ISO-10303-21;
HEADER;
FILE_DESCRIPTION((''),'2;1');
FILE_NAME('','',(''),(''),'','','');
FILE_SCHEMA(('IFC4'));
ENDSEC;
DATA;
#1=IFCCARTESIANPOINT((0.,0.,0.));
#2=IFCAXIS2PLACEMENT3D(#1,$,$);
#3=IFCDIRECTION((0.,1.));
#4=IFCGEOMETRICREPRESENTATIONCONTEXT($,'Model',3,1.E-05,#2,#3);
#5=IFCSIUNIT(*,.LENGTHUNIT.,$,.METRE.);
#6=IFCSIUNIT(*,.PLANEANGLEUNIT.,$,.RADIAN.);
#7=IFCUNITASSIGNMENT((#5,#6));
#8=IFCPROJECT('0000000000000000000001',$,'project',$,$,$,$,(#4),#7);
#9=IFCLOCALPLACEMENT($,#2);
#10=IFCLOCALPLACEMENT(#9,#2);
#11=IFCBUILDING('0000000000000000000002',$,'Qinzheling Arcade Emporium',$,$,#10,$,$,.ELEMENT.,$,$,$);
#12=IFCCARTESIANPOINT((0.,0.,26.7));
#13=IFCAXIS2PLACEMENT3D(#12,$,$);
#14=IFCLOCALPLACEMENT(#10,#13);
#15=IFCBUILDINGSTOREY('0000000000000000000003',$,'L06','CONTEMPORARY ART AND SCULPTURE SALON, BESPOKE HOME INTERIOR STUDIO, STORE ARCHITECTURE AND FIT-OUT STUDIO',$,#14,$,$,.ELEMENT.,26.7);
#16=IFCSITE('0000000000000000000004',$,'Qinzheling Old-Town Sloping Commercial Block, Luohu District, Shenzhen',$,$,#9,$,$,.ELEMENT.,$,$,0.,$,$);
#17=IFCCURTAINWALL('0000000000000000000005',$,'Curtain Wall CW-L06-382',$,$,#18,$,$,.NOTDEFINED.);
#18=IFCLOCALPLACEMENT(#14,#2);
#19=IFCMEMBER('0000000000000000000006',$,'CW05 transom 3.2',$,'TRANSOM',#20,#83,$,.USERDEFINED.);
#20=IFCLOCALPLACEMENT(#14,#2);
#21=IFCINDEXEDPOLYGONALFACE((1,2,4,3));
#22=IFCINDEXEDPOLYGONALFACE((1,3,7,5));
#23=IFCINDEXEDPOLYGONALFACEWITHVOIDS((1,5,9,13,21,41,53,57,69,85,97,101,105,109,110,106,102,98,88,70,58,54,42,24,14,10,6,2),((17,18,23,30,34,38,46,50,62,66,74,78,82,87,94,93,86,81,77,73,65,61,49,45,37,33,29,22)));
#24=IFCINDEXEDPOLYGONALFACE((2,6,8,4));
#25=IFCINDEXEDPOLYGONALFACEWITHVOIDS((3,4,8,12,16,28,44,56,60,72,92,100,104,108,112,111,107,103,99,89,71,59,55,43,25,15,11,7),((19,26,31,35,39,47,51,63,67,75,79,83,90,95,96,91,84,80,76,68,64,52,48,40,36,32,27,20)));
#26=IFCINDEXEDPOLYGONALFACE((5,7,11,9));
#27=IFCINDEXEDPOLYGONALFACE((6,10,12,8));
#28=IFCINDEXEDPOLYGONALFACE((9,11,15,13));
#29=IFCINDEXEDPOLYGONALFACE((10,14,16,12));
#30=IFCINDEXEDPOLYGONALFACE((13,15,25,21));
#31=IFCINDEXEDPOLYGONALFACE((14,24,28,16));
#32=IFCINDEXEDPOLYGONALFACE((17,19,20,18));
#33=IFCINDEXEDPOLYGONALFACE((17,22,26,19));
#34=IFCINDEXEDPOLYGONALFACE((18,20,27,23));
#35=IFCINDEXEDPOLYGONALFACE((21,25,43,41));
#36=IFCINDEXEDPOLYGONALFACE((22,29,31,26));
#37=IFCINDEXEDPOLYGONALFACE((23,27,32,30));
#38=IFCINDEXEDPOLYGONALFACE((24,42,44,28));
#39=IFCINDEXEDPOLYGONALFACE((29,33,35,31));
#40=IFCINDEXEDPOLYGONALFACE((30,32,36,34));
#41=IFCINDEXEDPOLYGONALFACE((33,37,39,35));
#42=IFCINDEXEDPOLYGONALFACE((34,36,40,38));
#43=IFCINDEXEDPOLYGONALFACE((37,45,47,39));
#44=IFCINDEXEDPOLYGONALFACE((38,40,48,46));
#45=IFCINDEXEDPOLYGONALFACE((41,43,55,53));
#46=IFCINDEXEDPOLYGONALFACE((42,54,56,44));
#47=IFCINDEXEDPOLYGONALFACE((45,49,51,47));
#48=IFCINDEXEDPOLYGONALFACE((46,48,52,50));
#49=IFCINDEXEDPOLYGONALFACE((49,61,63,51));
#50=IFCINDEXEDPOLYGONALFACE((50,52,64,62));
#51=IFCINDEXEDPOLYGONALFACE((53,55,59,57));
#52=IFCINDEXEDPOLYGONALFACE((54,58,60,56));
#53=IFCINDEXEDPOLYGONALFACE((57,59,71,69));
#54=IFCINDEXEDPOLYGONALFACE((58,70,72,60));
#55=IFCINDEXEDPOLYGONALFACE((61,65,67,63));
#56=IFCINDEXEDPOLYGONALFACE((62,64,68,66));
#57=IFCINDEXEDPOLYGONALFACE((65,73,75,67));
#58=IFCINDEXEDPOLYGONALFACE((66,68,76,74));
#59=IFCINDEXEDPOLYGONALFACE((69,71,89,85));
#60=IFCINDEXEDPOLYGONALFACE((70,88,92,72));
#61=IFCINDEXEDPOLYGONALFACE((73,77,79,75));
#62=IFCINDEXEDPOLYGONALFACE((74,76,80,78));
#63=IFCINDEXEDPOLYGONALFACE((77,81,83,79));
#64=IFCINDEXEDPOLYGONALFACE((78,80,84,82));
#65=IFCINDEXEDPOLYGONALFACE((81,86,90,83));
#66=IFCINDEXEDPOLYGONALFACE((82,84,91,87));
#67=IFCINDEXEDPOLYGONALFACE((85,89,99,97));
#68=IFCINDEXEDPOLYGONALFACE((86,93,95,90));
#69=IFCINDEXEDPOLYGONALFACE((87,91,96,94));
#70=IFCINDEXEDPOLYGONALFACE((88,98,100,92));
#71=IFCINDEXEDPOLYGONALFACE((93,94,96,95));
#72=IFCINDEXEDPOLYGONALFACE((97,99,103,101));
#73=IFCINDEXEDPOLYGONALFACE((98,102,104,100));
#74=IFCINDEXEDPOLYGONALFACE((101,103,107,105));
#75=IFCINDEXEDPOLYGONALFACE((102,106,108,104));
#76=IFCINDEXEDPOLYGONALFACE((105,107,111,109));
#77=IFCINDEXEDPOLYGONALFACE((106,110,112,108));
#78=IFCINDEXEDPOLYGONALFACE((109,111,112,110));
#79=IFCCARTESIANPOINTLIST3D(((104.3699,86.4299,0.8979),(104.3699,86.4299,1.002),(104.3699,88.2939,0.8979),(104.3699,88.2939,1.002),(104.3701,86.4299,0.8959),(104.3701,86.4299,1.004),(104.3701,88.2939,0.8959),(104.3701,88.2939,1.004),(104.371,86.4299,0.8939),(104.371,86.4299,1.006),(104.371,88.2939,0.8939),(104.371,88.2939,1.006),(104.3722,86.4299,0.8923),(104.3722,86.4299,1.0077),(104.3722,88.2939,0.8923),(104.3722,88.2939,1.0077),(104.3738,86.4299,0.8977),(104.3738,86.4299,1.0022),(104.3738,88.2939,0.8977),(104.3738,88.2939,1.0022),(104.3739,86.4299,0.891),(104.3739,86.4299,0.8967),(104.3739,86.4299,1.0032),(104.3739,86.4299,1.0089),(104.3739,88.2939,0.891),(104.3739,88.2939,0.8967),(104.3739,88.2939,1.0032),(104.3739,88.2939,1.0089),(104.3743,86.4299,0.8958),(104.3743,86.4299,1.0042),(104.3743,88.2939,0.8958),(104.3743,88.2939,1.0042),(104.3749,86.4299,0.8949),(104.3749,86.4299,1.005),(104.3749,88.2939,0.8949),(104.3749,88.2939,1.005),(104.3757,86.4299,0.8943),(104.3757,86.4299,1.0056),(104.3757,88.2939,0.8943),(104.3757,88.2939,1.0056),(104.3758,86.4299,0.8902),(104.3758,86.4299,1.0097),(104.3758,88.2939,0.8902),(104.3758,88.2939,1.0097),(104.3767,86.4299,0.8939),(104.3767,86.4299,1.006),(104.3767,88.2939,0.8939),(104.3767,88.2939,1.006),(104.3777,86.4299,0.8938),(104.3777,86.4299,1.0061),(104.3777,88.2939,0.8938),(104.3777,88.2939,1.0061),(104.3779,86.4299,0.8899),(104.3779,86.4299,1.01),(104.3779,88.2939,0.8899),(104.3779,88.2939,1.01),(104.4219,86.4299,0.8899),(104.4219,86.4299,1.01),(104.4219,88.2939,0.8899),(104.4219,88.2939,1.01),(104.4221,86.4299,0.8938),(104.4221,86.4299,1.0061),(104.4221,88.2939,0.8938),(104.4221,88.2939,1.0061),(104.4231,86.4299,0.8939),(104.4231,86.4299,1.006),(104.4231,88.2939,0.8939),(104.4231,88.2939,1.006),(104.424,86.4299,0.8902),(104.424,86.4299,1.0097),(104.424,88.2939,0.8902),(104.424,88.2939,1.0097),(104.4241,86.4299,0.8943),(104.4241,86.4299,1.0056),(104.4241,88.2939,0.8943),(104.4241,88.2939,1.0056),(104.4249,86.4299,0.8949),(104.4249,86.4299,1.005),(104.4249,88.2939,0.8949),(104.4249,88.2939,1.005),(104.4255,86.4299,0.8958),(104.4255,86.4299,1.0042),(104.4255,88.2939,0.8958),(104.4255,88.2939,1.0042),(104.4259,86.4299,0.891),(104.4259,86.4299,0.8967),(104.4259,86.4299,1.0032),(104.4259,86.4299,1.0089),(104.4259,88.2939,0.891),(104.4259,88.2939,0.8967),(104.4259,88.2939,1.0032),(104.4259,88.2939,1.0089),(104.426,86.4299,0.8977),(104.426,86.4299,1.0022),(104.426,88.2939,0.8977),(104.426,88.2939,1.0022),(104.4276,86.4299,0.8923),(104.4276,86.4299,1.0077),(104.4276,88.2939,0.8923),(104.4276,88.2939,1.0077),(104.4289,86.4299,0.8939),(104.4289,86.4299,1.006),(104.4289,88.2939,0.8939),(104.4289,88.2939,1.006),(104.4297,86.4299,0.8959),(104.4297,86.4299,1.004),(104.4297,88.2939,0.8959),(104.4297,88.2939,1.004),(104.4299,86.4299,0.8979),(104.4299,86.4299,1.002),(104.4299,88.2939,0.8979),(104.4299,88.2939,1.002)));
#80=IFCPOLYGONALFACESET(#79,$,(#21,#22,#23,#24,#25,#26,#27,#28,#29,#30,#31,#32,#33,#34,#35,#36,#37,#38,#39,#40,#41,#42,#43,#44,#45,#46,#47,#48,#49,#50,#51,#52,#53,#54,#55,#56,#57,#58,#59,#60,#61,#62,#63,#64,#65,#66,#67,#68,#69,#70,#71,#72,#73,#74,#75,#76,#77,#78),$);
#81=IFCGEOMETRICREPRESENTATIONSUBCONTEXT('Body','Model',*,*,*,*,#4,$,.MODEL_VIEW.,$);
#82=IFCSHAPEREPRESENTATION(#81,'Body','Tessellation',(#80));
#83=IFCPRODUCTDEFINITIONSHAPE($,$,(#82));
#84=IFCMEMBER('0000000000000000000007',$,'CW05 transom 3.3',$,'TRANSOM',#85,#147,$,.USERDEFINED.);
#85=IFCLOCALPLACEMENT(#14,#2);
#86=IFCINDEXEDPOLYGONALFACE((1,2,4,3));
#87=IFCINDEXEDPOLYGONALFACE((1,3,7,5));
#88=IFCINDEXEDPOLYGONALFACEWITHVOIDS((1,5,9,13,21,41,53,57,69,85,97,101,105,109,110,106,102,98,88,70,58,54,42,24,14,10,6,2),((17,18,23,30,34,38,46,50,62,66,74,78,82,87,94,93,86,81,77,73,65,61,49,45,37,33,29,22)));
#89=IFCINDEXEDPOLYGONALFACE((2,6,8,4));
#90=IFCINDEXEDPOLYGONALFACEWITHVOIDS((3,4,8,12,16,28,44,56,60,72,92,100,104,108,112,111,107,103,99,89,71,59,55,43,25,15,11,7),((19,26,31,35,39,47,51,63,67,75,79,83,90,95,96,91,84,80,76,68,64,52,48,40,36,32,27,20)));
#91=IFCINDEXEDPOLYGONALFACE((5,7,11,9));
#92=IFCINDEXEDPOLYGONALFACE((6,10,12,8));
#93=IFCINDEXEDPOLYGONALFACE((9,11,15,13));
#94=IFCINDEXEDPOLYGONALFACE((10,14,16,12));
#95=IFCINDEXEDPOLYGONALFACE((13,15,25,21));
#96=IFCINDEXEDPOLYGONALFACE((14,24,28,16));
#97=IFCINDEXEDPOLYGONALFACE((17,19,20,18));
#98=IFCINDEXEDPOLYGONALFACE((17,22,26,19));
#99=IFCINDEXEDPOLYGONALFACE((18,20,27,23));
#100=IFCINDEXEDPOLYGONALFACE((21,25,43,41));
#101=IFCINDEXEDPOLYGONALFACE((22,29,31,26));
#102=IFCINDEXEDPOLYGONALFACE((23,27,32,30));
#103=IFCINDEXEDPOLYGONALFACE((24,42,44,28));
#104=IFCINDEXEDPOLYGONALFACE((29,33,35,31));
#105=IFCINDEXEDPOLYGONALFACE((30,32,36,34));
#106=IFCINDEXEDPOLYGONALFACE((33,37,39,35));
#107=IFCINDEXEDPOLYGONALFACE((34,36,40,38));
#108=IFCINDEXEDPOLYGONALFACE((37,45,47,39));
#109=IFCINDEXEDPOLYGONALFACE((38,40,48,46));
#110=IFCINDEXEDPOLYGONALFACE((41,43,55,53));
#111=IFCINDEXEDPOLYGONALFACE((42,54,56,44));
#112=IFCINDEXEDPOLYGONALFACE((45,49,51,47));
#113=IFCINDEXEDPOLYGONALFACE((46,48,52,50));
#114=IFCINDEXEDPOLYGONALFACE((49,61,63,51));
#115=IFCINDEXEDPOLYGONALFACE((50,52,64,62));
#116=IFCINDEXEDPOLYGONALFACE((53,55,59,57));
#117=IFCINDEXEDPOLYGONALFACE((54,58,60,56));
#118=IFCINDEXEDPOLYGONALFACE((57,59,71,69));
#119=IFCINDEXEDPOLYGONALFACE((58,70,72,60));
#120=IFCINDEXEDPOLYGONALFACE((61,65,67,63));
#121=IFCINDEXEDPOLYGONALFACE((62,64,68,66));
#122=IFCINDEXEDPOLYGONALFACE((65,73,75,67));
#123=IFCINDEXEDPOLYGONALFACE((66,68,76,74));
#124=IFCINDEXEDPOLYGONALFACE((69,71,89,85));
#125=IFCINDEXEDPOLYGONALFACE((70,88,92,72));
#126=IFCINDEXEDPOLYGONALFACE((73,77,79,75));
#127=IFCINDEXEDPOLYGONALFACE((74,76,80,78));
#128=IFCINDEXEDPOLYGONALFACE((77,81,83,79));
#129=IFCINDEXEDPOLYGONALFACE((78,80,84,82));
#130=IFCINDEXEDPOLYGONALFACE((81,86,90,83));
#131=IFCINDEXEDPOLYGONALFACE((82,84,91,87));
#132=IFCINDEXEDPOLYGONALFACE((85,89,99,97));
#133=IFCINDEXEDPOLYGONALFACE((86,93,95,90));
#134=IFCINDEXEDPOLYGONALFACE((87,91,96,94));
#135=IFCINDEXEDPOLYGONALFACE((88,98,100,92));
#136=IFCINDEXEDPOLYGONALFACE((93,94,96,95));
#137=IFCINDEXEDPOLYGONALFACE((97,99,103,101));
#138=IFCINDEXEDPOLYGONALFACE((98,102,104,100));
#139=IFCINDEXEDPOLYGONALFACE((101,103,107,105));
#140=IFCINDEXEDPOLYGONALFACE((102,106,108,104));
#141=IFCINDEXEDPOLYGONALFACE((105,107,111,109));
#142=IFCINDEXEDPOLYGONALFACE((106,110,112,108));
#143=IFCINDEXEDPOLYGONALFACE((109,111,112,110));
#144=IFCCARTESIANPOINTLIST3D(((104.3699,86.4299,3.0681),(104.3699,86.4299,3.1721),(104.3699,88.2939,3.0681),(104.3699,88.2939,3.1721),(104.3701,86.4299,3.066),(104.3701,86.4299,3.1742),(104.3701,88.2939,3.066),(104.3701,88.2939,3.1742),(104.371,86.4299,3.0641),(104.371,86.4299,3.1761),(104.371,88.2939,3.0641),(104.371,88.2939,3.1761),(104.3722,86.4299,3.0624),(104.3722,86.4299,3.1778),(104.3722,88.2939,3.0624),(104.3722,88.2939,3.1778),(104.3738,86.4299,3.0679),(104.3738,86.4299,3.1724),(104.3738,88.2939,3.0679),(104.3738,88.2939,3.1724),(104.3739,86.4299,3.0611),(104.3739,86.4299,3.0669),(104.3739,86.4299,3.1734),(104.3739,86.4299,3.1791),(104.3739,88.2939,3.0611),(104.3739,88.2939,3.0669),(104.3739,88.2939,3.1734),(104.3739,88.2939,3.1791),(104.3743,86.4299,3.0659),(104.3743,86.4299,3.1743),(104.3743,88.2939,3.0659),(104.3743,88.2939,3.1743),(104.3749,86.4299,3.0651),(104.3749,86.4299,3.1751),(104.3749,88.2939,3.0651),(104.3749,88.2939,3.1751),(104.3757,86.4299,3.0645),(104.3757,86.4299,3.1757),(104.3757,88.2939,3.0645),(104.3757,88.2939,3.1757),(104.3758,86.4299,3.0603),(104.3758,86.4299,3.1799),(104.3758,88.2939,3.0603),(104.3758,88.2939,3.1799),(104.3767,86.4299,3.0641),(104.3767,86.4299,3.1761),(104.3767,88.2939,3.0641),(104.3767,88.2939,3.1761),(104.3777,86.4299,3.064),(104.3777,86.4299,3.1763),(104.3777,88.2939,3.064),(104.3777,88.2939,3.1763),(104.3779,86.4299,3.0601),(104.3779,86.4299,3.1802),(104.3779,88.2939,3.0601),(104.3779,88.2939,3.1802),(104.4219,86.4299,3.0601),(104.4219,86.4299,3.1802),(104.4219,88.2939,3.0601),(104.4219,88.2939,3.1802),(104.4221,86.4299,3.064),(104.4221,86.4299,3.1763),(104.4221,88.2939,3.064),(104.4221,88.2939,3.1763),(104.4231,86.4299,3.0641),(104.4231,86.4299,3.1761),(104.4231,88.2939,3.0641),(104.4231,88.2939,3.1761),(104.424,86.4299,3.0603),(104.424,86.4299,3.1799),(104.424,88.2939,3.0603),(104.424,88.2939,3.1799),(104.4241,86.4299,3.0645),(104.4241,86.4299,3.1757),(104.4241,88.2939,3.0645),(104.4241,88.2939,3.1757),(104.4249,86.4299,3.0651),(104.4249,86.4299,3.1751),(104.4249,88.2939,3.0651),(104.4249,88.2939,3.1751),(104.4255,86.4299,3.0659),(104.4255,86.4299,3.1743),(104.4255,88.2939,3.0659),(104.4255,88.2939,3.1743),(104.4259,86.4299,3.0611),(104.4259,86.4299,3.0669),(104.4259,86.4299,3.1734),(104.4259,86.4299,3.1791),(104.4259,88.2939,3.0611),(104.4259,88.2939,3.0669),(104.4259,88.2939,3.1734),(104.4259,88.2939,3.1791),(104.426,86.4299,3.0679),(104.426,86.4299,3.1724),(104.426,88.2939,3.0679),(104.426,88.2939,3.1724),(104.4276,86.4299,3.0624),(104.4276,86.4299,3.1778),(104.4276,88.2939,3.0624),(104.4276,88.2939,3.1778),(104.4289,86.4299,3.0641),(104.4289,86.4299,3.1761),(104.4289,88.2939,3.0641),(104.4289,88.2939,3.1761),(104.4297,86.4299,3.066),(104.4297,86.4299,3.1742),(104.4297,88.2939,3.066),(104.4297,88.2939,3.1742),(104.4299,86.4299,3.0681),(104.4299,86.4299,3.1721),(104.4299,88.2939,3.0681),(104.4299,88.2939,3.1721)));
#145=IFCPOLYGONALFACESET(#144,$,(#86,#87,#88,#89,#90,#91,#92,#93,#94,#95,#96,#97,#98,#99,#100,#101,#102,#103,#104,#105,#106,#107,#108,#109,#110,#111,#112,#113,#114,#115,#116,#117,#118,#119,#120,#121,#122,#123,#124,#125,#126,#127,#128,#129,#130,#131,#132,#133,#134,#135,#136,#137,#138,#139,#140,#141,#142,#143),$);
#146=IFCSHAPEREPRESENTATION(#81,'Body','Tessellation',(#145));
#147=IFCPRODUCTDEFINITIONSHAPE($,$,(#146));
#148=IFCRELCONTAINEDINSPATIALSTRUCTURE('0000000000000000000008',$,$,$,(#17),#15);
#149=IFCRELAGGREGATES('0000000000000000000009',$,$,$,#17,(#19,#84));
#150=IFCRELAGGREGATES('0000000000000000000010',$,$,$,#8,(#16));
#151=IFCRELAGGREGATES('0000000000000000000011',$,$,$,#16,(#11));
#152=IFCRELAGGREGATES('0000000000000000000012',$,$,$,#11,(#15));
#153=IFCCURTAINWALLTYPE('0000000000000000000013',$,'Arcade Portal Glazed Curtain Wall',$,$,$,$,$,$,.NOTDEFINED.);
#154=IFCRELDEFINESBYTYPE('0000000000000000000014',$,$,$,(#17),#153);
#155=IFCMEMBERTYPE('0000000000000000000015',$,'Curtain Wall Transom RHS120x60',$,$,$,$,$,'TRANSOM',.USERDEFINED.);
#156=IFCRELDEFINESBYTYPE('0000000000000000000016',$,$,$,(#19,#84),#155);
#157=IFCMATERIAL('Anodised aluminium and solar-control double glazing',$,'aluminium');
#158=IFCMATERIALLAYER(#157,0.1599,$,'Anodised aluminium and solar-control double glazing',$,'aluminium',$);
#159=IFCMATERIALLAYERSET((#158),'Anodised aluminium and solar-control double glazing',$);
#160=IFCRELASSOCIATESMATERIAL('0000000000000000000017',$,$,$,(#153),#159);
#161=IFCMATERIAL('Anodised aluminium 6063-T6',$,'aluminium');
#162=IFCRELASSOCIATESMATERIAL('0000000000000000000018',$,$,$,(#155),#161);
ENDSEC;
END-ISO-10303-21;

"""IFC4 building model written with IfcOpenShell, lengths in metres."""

from ifc_helpers import new_model, si_unit, direction, frame, origin, origin_2d, place, context, subcontext, project, spatial, hollow_rectangle, extrude, material, layer, layer_set, material_profile, profile_set, type_object, element, aggregate, save


model = new_model("IFC4")

# Units and contexts
model_context = context("Model", 3, precision=1e-05, world=origin(), true_north=direction((0.0, 1.0)))
body_context = subcontext(model_context, "Body", "Model", "MODEL_VIEW")
ifc_project = project(units=[si_unit("LENGTHUNIT", "METRE"), si_unit("PLANEANGLEUNIT", "RADIAN")], contexts=[model_context])

# Site, building, storey
site_placement = place(None, origin())
site = spatial("IfcSite", under=ifc_project, at=site_placement, Name="Qinzheling Old-Town Sloping Commercial Block, Luohu District, Shenzhen", CompositionType="ELEMENT", RefElevation=0.0)
building_placement = place(site_placement, origin())
building = spatial("IfcBuilding", under=site, at=building_placement, Name="Qinzheling Arcade Emporium", CompositionType="ELEMENT")
storey_placement = place(building_placement, frame((0.0, 0.0, 26.7)))
storey = spatial("IfcBuildingStorey", under=building, at=storey_placement, Name="L06", Description="CONTEMPORARY ART AND SCULPTURE SALON, BESPOKE HOME INTERIOR STUDIO, STORE ARCHITECTURE AND FIT-OUT STUDIO", CompositionType="ELEMENT", Elevation=26.7)

# Curtain wall, members
ifc_material_1 = material(Name="Anodised aluminium and solar-control double glazing", Category="aluminium")
ifc_layer_1 = layer(ifc_material_1, 0.1599, Name="Anodised aluminium and solar-control double glazing", Category="aluminium")
ifc_layer_set_1 = layer_set([ifc_layer_1], Name="Anodised aluminium and solar-control double glazing")
curtain_wall_type = type_object("IfcCurtainWallType", Name="Arcade Portal Glazed Curtain Wall", PredefinedType="NOTDEFINED", material=ifc_layer_set_1)
curtain_wall_placement = place(storey_placement, origin())
curtain_wall = element("IfcCurtainWall", 1, at=curtain_wall_placement, inside=storey, type_object=curtain_wall_type, Name="Curtain Wall CW-L06-382", PredefinedType="NOTDEFINED")
ifc_material_2 = material(Name="Anodised aluminium 6063-T6", Category="aluminium")
ifc_material_profile_1 = material_profile(ifc_material_2, hollow_rectangle(XDim=0.0601, YDim=0.1201, WallThickness=0.0039, InnerFilletRadius=0.0039, OuterFilletRadius=0.0081, at=origin_2d()), Name="RHS 120x60x4", Category="aluminium")
ifc_profile_set_1 = profile_set([ifc_material_profile_1], Name="Anodised aluminium 6063-T6")
member_type_1 = type_object("IfcMemberType", Name="Curtain Wall Transom RHS120x60", ElementType="TRANSOM", PredefinedType="USERDEFINED", material=ifc_profile_set_1)
member_1_placement = place(storey_placement, frame((104.3999, 86.4299, 0.95), z_axis=(0.0, 1.0, 0.0), x_axis=(-1.0, 0.0, 0.0)))
member_1 = element("IfcMember", 2, at=member_1_placement, type_object=member_type_1, Name="CW05 transom 3.2", ObjectType="TRANSOM", PredefinedType="USERDEFINED", context=body_context, shape_type="SweptSolid", body=[
    extrude(hollow_rectangle(XDim=0.0601, YDim=0.1201, WallThickness=0.0039, InnerFilletRadius=0.0039, OuterFilletRadius=0.0081, at=origin_2d()), origin(), (0.0, 0.0, 1.0), 1.864),
])
member_2_placement = place(storey_placement, frame((104.3999, 86.4299, 3.1201), z_axis=(0.0, 1.0, 0.0), x_axis=(-1.0, 0.0, 0.0)))
member_2 = element("IfcMember", 3, at=member_2_placement, type_object=member_type_1, Name="CW05 transom 3.3", ObjectType="TRANSOM", PredefinedType="USERDEFINED", context=body_context, shape_type="SweptSolid", body=[
    extrude(hollow_rectangle(XDim=0.0601, YDim=0.1201, WallThickness=0.0039, InnerFilletRadius=0.0039, OuterFilletRadius=0.0081, at=origin_2d()), origin(), (0.0, 0.0, 1.0), 1.864),
])

aggregate(curtain_wall, [member_1, member_2])

save(model, "model.ifc")
